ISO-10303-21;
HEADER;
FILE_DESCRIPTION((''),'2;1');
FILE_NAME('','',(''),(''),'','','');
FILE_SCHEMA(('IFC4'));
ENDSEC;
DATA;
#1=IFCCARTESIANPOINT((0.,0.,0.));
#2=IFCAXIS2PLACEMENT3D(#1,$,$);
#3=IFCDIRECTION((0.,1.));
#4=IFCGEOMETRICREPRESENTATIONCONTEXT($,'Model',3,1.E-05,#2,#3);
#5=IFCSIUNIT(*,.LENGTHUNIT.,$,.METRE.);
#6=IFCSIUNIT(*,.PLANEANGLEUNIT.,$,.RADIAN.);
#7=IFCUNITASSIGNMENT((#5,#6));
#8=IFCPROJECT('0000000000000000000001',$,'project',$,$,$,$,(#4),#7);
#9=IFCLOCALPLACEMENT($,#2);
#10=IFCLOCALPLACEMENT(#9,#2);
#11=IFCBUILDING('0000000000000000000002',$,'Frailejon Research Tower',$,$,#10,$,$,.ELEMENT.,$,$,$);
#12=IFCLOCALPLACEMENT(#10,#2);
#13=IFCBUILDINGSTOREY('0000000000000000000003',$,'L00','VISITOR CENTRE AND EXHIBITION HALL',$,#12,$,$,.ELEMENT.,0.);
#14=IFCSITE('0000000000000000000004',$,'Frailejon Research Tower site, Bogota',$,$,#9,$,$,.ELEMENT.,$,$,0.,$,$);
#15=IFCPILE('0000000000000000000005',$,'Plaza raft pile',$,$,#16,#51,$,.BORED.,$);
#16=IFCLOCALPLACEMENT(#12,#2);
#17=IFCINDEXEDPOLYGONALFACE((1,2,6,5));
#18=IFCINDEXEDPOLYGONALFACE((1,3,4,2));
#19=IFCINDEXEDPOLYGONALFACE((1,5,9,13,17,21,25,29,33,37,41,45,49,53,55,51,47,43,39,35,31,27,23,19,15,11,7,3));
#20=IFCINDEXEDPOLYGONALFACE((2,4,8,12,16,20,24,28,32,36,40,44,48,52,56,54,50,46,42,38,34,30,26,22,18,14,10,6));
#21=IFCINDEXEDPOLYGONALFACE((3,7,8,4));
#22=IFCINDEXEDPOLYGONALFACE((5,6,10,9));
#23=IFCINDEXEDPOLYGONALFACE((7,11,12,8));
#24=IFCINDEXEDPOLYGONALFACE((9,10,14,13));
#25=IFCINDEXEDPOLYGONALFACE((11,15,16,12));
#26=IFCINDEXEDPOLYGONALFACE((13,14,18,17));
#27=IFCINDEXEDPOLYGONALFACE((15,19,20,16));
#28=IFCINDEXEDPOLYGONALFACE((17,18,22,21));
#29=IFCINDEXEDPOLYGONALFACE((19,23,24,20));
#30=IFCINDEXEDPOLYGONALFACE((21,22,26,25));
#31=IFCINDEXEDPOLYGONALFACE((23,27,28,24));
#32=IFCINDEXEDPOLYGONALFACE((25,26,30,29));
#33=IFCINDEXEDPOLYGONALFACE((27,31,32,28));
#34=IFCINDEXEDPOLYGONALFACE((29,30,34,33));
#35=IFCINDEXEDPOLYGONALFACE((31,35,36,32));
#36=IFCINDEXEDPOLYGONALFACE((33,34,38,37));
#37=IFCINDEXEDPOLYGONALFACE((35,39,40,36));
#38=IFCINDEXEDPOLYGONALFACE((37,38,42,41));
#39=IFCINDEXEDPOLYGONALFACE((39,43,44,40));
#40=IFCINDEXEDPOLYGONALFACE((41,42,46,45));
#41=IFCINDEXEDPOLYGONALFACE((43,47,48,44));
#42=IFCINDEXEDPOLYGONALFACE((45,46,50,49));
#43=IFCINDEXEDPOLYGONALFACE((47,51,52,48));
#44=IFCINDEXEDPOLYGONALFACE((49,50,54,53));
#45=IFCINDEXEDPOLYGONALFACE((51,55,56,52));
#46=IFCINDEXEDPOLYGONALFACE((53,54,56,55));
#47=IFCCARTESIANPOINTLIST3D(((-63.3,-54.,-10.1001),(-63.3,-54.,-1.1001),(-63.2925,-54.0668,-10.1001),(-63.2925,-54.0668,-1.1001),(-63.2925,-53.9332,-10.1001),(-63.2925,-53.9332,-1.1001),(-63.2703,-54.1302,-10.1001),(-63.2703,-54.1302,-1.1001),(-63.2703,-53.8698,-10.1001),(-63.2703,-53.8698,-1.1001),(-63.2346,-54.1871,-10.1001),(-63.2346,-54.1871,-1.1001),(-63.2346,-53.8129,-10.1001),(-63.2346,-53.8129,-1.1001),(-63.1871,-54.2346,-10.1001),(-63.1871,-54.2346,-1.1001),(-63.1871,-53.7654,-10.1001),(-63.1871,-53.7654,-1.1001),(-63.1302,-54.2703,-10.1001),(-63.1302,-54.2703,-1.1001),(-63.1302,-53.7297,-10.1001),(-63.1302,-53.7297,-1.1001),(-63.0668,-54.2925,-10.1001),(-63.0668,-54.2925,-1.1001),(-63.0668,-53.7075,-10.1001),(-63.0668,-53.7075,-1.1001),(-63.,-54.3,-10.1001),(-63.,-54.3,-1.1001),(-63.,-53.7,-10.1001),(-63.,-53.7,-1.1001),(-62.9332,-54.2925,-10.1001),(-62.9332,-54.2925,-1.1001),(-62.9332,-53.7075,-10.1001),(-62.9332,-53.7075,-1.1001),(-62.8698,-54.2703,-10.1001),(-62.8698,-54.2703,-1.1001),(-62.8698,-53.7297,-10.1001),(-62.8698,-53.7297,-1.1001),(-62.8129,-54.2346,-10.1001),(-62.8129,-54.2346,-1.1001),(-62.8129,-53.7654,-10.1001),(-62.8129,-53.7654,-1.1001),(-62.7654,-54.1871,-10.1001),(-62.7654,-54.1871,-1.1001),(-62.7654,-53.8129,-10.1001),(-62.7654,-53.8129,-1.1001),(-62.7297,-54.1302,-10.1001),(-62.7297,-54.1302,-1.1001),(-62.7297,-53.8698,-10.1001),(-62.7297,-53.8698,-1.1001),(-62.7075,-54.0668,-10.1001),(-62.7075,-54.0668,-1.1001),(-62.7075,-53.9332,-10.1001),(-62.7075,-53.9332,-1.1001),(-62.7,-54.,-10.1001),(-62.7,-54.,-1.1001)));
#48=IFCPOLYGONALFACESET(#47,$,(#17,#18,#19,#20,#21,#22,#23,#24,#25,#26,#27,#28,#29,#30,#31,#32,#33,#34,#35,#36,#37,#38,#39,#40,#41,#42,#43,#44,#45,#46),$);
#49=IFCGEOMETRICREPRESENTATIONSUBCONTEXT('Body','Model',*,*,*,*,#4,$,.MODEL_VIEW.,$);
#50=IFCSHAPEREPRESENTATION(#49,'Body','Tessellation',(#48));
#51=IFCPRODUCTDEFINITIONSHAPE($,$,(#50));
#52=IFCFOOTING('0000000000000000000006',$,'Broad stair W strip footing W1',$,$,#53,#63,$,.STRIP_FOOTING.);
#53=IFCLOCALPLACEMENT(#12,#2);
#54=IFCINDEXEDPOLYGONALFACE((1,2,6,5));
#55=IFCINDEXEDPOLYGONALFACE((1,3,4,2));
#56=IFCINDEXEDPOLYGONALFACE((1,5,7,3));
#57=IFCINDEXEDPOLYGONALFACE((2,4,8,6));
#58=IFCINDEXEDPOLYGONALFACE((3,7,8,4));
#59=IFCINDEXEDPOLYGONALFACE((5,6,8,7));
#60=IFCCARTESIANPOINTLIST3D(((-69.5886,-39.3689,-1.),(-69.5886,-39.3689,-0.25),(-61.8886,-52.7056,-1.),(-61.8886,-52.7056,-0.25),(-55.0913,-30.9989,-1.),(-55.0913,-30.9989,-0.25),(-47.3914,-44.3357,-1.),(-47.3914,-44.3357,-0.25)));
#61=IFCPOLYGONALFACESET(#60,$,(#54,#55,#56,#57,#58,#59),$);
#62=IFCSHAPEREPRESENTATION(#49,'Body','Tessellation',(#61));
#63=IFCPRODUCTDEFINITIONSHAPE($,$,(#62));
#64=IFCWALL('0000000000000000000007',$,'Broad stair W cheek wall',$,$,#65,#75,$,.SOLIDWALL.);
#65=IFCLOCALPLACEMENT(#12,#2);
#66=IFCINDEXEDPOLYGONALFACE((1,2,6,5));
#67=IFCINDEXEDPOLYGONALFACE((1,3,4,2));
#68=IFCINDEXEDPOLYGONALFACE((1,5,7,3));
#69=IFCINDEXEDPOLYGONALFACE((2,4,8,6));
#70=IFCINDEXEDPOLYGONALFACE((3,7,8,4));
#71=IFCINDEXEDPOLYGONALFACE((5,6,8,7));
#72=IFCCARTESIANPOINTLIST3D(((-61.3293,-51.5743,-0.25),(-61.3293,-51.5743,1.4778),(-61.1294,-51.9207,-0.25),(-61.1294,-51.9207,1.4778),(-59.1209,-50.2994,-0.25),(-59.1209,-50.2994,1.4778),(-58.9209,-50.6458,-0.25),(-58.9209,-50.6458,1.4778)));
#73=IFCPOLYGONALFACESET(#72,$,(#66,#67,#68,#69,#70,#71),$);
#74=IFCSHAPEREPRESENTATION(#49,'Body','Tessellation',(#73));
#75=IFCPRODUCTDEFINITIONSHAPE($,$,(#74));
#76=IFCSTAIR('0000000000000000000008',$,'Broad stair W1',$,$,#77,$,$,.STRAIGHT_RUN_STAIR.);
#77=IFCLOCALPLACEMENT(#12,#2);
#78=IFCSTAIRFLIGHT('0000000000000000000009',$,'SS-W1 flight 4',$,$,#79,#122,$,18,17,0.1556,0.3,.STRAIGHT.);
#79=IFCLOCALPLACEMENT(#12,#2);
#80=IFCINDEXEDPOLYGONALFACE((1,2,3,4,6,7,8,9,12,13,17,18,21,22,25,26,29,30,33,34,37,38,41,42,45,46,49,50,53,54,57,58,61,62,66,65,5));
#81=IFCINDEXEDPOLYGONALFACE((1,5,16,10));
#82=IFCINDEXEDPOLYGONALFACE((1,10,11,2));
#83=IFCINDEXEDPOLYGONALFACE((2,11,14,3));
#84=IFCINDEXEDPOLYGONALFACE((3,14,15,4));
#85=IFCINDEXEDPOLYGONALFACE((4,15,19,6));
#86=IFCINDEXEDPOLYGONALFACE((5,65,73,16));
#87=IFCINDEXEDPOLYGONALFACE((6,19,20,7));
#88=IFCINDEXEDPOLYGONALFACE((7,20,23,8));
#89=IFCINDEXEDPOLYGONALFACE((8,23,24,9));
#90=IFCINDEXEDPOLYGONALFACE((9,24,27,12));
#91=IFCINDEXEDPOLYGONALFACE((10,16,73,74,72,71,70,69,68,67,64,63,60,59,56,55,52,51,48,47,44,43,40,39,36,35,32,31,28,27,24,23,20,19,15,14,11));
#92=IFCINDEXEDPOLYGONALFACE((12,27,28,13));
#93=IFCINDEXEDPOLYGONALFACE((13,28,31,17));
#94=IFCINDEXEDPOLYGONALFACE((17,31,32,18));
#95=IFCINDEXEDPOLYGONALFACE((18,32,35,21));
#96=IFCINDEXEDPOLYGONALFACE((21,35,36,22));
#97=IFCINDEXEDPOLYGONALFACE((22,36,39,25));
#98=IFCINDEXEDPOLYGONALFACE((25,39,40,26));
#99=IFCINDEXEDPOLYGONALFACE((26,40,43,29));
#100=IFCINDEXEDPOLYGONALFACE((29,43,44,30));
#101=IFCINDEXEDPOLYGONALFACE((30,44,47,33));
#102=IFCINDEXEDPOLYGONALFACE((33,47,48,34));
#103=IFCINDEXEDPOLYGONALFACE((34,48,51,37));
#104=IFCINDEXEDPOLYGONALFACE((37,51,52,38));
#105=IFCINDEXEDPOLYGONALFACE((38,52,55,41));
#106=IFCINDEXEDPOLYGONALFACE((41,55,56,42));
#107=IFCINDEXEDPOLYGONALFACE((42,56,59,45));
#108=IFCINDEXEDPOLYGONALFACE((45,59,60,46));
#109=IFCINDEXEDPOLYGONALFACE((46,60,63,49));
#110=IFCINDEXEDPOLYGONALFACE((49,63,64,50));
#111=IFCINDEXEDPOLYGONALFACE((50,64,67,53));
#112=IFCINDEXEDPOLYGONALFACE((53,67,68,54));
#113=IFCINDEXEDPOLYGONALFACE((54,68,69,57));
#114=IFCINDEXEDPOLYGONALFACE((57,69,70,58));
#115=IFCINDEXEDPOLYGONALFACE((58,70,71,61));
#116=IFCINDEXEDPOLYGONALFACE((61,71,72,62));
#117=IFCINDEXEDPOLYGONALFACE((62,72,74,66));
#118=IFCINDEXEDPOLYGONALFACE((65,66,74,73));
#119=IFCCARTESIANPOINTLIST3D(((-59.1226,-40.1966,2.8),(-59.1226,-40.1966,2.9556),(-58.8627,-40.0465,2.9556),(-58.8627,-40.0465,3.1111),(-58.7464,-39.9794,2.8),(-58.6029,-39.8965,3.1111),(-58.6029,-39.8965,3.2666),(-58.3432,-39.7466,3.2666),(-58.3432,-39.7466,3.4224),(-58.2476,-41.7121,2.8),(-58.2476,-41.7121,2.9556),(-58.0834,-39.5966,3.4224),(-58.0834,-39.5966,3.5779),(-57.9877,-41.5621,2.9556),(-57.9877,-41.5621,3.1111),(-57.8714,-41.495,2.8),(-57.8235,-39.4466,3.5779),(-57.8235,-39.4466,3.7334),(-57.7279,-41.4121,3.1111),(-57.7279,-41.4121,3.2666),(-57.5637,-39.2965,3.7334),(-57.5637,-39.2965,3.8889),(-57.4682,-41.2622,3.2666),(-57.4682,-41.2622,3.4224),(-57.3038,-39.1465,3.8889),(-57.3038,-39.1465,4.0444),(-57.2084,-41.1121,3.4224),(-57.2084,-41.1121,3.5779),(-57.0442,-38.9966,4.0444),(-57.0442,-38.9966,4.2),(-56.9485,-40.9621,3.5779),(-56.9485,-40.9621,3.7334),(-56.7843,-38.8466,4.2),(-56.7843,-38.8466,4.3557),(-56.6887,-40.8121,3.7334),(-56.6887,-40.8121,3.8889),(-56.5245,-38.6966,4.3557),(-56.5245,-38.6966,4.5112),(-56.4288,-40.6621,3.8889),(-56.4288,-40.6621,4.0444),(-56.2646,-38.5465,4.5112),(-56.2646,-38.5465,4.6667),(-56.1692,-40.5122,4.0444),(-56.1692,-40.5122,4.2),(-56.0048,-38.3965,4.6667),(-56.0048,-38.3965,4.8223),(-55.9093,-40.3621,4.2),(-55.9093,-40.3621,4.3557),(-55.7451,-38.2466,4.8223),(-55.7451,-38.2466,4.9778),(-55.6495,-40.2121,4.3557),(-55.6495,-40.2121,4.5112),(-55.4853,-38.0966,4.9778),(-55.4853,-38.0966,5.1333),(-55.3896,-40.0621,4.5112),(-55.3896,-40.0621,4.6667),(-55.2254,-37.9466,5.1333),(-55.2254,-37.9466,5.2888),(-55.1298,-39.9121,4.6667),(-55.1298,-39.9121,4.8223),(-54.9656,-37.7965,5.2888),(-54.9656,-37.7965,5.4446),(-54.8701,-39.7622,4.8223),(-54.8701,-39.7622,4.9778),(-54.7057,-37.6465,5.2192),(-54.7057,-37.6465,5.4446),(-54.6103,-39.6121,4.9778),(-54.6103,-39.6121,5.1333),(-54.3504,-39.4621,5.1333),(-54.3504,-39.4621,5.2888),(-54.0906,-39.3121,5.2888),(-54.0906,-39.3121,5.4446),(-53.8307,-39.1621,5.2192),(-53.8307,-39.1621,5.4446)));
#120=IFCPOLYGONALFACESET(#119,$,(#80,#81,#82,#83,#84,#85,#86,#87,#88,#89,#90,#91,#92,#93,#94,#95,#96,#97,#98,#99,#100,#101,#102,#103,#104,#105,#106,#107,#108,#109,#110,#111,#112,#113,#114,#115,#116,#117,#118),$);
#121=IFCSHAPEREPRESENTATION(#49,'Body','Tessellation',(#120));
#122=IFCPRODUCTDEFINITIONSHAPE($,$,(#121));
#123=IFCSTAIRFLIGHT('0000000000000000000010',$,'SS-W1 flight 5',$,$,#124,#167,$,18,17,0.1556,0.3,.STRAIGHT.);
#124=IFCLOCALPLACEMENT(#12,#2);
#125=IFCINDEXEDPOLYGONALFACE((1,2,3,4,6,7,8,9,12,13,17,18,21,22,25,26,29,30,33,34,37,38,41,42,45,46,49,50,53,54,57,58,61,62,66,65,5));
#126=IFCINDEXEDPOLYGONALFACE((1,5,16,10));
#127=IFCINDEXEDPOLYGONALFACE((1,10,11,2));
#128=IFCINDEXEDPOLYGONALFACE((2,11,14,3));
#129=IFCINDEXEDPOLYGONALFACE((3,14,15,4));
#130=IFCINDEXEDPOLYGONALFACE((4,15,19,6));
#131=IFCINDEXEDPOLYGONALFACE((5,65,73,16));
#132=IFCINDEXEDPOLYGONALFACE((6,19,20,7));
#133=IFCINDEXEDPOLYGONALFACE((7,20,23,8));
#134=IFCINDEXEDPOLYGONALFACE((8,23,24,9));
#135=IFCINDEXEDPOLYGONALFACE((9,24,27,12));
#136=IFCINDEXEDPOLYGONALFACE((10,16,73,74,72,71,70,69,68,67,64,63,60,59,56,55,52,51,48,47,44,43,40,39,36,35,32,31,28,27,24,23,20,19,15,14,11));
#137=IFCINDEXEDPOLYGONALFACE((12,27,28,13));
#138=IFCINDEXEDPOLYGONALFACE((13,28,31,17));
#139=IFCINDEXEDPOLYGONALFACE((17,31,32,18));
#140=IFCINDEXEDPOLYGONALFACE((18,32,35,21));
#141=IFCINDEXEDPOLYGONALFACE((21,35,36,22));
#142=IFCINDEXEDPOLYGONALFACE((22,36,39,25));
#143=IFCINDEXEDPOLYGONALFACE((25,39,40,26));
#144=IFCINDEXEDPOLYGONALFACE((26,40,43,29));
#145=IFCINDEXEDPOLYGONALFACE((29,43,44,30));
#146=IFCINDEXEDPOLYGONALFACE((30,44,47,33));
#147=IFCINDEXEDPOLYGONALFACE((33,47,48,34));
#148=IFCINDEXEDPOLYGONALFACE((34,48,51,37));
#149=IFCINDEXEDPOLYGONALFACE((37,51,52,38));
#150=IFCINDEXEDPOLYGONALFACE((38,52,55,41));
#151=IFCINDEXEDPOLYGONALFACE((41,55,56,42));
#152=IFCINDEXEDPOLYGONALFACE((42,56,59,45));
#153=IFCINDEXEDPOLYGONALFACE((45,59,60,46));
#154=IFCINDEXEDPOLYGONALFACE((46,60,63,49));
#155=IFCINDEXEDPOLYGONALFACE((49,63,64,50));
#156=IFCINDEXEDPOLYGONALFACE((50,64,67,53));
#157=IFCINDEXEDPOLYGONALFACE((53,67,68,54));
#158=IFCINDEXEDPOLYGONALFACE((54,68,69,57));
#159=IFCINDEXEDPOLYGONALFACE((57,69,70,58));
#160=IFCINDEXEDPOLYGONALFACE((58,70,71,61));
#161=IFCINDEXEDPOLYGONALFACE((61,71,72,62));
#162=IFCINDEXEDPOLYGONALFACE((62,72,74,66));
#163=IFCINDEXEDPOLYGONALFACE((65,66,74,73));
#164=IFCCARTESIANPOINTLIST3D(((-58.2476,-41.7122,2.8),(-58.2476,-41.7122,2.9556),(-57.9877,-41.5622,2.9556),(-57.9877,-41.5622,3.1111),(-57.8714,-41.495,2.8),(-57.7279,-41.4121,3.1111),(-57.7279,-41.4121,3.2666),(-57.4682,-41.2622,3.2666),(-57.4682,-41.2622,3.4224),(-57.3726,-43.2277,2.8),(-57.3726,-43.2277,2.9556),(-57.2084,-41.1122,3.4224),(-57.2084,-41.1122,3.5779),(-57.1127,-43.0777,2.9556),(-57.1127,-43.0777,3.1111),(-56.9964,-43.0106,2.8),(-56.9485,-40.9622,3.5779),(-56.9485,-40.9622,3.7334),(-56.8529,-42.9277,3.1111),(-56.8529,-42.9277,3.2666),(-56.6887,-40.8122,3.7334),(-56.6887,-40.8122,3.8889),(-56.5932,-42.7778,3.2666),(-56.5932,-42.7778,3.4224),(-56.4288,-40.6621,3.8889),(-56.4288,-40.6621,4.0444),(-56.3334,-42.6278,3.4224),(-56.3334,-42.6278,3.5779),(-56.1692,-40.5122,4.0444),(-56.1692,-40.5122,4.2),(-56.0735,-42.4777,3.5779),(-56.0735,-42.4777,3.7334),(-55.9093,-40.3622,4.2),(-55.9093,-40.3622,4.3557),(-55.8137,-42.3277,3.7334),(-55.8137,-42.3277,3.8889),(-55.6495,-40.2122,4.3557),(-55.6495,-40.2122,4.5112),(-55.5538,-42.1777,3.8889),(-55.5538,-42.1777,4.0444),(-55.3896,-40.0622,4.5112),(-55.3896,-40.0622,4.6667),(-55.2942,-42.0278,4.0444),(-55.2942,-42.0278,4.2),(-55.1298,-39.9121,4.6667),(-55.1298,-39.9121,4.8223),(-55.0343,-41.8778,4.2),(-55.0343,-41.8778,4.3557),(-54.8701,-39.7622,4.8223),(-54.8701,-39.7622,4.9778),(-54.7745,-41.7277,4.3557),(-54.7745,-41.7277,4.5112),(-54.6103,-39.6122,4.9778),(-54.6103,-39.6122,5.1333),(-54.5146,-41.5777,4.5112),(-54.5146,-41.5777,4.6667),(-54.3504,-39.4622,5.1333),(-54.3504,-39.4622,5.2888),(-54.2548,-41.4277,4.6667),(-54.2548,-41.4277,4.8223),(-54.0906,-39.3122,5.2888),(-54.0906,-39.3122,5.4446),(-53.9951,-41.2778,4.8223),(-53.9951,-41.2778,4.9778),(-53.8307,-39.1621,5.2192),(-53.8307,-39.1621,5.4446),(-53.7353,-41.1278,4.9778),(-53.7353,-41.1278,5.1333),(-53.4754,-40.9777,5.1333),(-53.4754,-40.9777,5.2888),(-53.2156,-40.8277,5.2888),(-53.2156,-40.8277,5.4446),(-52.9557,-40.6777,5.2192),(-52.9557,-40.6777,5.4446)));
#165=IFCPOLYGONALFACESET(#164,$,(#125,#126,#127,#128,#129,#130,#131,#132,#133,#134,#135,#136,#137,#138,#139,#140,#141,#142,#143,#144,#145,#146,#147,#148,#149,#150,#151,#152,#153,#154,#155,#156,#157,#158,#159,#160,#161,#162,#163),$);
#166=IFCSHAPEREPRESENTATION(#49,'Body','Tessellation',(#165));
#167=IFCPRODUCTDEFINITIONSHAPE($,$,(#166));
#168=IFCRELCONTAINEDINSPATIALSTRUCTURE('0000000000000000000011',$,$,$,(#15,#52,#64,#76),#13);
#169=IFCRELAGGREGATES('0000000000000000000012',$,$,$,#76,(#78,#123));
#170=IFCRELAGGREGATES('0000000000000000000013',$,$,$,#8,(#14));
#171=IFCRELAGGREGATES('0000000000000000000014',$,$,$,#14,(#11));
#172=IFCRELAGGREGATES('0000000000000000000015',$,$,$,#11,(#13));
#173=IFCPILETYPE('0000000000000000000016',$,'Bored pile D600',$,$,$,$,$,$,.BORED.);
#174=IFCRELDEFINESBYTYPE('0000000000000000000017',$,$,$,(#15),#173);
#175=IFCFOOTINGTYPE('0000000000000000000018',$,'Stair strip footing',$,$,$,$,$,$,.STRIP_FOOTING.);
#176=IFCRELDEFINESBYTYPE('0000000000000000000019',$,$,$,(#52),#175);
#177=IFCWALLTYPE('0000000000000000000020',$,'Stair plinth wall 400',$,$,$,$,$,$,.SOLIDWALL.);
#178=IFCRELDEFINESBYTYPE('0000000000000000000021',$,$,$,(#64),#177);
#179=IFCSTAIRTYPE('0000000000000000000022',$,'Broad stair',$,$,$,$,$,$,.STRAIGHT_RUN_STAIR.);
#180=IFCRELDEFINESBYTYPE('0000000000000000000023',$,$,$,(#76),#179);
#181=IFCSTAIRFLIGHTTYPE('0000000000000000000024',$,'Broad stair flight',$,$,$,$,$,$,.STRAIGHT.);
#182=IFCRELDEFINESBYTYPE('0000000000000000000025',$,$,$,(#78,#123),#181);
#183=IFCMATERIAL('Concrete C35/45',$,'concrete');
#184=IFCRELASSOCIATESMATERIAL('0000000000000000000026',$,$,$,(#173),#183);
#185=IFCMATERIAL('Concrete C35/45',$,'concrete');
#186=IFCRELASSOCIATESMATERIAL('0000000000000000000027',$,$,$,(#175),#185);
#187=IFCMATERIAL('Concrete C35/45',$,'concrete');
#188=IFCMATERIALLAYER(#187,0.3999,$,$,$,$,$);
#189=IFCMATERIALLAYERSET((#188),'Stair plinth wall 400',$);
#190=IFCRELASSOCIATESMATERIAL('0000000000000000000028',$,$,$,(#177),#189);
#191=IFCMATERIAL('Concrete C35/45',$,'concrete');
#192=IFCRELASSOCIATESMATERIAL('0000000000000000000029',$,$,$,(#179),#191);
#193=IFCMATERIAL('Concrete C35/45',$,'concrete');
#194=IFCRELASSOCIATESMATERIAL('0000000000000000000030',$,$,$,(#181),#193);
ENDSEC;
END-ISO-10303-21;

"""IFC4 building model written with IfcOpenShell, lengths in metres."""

from ifc_helpers import new_model, si_unit, direction, frame, frame_2d, origin, origin_2d, place, context, subcontext, project, spatial, polyline, rectangle, circle, outline, extrude, material, layer, layer_set, material_profile, profile_set, type_object, element, aggregate, save


model = new_model("IFC4")

# Units and contexts
model_context = context("Model", 3, precision=1e-05, world=origin(), true_north=direction((0.0, 1.0)))
body_context = subcontext(model_context, "Body", "Model", "MODEL_VIEW")
ifc_project = project(units=[si_unit("LENGTHUNIT", "METRE"), si_unit("PLANEANGLEUNIT", "RADIAN")], contexts=[model_context])

# Site, building, storey
site_placement = place(None, origin())
site = spatial("IfcSite", under=ifc_project, at=site_placement, Name="Frailejon Research Tower site, Bogota", CompositionType="ELEMENT", RefElevation=0.0)
building_placement = place(site_placement, origin())
building = spatial("IfcBuilding", under=site, at=building_placement, Name="Frailejon Research Tower", CompositionType="ELEMENT")
storey_placement = place(building_placement, origin())
storey = spatial("IfcBuildingStorey", under=building, at=storey_placement, Name="L00", Description="VISITOR CENTRE AND EXHIBITION HALL", CompositionType="ELEMENT", Elevation=0.0)

# Pile
ifc_material_1 = material(Name="Concrete C35/45", Category="concrete")
ifc_material_profile = material_profile(ifc_material_1, circle(Radius=0.3, at=origin_2d()), Name="Bored pile D600")
ifc_profile_set = profile_set([ifc_material_profile], Name="Concrete C35/45")
pile_type = type_object("IfcPileType", Name="Bored pile D600", PredefinedType="BORED", material=ifc_profile_set)
pile_placement = place(storey_placement, frame((-63.0, -54.0, -1.1001), z_axis=(0.0, 0.0, -1.0), x_axis=(1.0, 0.0, 0.0)))
element("IfcPile", 1, at=pile_placement, inside=storey, type_object=pile_type, Name="Plaza raft pile", PredefinedType="BORED", context=body_context, shape_type="SweptSolid", body=[
    extrude(circle(Radius=0.3, at=origin_2d()), origin(), (0.0, 0.0, 1.0), 9.0),
])

# Footing
ifc_material_2 = material(Name="Concrete C35/45", Category="concrete")
footing_type = type_object("IfcFootingType", Name="Stair strip footing", PredefinedType="STRIP_FOOTING", material=ifc_material_2)
footing_placement = place(storey_placement, frame((-58.49, -41.8523, -1.0), z_axis=(0.0, 0.0, 1.0), x_axis=(0.5, -0.866025, 0.0)))
element("IfcFooting", 2, at=footing_placement, inside=storey, type_object=footing_type, Name="Broad stair W strip footing W1", PredefinedType="STRIP_FOOTING", context=body_context, shape_type="SweptSolid", body=[
    extrude(rectangle(XDim=15.3999, YDim=16.74, at=origin_2d()), origin(), (0.0, 0.0, 1.0), 0.75),
])

# Wall
ifc_material_3 = material(Name="Concrete C35/45", Category="concrete")
ifc_layer = layer(ifc_material_3, 0.3999)
ifc_layer_set = layer_set([ifc_layer], Name="Stair plinth wall 400")
wall_type = type_object("IfcWallType", Name="Stair plinth wall 400", PredefinedType="SOLIDWALL", material=ifc_layer_set)
wall_placement = place(storey_placement, frame((-59.021, -50.4727, -0.25), z_axis=(0.0, 0.0, 1.0), x_axis=(-0.866055, -0.499949, 0.0)))
element("IfcWall", 3, at=wall_placement, inside=storey, type_object=wall_type, Name="Broad stair W cheek wall", PredefinedType="SOLIDWALL", context=body_context, shape_type="SweptSolid", body=[
    extrude(rectangle(XDim=2.55, YDim=0.3999, at=frame_2d((1.2749, 0.0))), origin(), (0.0, 0.0, 1.0), 1.7278),
])

# Stair, stair flights
ifc_material_4 = material(Name="Concrete C35/45", Category="concrete")
stair_type = type_object("IfcStairType", Name="Broad stair", PredefinedType="STRAIGHT_RUN_STAIR", material=ifc_material_4)
stair_placement = place(storey_placement, origin())
stair = element("IfcStair", 4, at=stair_placement, inside=storey, type_object=stair_type, Name="Broad stair W1", PredefinedType="STRAIGHT_RUN_STAIR")
ifc_material_5 = material(Name="Concrete C35/45", Category="concrete")
stair_flight_type = type_object("IfcStairFlightType", Name="Broad stair flight", PredefinedType="STRAIGHT", material=ifc_material_5)
stair_flight_1_placement = place(storey_placement, frame((-58.6851, -40.9543, 2.8), z_axis=(0.0, 0.0, 1.0), x_axis=(0.866025, 0.5, 0.0)))
stair_flight_1 = element("IfcStairFlight", 5, at=stair_flight_1_placement, type_object=stair_flight_type, Name="SS-W1 flight 4", NumberOfRisers=18, NumberOfTreads=17, PredefinedType="STRAIGHT", RiserHeight=0.1556, TreadLength=0.3, context=body_context, shape_type="SweptSolid", body=[
    extrude(outline(polyline([(0.0, 0.0), (0.0, 0.1555), (0.3, 0.1555), (0.3, 0.311), (0.6001, 0.311), (0.6001, 0.4666), (0.8999, 0.4666), (0.8999, 0.6223), (1.2, 0.6223), (1.2, 0.7778), (1.5, 0.7778), (1.5, 0.9333), (1.8, 0.9333), (1.8, 1.0889), (2.1001, 1.0889), (2.1001, 1.2444), (2.3999, 1.2444), (2.3999, 1.3999), (2.7, 1.3999), (2.7, 1.5557), (3.0, 1.5557), (3.0, 1.7112), (3.3, 1.7112), (3.3, 1.8667), (3.6001, 1.8667), (3.6001, 2.0222), (3.8999, 2.0222), (3.8999, 2.1777), (4.2, 2.1777), (4.2, 2.3333), (4.5, 2.3333), (4.5, 2.4888), (4.8, 2.4888), (4.8, 2.6445), (5.1001, 2.6445), (5.1001, 2.8), (5.1001, 2.4192), (0.4343, 0.0), (0.0, 0.0)])), frame((0.0, 0.875, 0.0), z_axis=(0.0, -1.0, 0.0), x_axis=(1.0, 0.0, 0.0)), (0.0, 0.0, 1.0), 1.75),
])
stair_flight_2_placement = place(storey_placement, frame((-57.8101, -42.47, 2.8), z_axis=(0.0, 0.0, 1.0), x_axis=(0.866025, 0.5, 0.0)))
stair_flight_2 = element("IfcStairFlight", 6, at=stair_flight_2_placement, type_object=stair_flight_type, Name="SS-W1 flight 5", NumberOfRisers=18, NumberOfTreads=17, PredefinedType="STRAIGHT", RiserHeight=0.1556, TreadLength=0.3, context=body_context, shape_type="SweptSolid", body=[
    extrude(outline(polyline([(0.0, 0.0), (0.0, 0.1555), (0.3, 0.1555), (0.3, 0.311), (0.6001, 0.311), (0.6001, 0.4666), (0.8999, 0.4666), (0.8999, 0.6223), (1.2, 0.6223), (1.2, 0.7778), (1.5, 0.7778), (1.5, 0.9333), (1.8, 0.9333), (1.8, 1.0889), (2.1001, 1.0889), (2.1001, 1.2444), (2.3999, 1.2444), (2.3999, 1.3999), (2.7, 1.3999), (2.7, 1.5557), (3.0, 1.5557), (3.0, 1.7112), (3.3, 1.7112), (3.3, 1.8667), (3.6001, 1.8667), (3.6001, 2.0222), (3.8999, 2.0222), (3.8999, 2.1777), (4.2, 2.1777), (4.2, 2.3333), (4.5, 2.3333), (4.5, 2.4888), (4.8, 2.4888), (4.8, 2.6445), (5.1001, 2.6445), (5.1001, 2.8), (5.1001, 2.4192), (0.4343, 0.0), (0.0, 0.0)])), frame((0.0, 0.875, 0.0), z_axis=(0.0, -1.0, 0.0), x_axis=(1.0, 0.0, 0.0)), (0.0, 0.0, 1.0), 1.75),
])
aggregate(stair, [stair_flight_1, stair_flight_2])

save(model, "model.ifc")
